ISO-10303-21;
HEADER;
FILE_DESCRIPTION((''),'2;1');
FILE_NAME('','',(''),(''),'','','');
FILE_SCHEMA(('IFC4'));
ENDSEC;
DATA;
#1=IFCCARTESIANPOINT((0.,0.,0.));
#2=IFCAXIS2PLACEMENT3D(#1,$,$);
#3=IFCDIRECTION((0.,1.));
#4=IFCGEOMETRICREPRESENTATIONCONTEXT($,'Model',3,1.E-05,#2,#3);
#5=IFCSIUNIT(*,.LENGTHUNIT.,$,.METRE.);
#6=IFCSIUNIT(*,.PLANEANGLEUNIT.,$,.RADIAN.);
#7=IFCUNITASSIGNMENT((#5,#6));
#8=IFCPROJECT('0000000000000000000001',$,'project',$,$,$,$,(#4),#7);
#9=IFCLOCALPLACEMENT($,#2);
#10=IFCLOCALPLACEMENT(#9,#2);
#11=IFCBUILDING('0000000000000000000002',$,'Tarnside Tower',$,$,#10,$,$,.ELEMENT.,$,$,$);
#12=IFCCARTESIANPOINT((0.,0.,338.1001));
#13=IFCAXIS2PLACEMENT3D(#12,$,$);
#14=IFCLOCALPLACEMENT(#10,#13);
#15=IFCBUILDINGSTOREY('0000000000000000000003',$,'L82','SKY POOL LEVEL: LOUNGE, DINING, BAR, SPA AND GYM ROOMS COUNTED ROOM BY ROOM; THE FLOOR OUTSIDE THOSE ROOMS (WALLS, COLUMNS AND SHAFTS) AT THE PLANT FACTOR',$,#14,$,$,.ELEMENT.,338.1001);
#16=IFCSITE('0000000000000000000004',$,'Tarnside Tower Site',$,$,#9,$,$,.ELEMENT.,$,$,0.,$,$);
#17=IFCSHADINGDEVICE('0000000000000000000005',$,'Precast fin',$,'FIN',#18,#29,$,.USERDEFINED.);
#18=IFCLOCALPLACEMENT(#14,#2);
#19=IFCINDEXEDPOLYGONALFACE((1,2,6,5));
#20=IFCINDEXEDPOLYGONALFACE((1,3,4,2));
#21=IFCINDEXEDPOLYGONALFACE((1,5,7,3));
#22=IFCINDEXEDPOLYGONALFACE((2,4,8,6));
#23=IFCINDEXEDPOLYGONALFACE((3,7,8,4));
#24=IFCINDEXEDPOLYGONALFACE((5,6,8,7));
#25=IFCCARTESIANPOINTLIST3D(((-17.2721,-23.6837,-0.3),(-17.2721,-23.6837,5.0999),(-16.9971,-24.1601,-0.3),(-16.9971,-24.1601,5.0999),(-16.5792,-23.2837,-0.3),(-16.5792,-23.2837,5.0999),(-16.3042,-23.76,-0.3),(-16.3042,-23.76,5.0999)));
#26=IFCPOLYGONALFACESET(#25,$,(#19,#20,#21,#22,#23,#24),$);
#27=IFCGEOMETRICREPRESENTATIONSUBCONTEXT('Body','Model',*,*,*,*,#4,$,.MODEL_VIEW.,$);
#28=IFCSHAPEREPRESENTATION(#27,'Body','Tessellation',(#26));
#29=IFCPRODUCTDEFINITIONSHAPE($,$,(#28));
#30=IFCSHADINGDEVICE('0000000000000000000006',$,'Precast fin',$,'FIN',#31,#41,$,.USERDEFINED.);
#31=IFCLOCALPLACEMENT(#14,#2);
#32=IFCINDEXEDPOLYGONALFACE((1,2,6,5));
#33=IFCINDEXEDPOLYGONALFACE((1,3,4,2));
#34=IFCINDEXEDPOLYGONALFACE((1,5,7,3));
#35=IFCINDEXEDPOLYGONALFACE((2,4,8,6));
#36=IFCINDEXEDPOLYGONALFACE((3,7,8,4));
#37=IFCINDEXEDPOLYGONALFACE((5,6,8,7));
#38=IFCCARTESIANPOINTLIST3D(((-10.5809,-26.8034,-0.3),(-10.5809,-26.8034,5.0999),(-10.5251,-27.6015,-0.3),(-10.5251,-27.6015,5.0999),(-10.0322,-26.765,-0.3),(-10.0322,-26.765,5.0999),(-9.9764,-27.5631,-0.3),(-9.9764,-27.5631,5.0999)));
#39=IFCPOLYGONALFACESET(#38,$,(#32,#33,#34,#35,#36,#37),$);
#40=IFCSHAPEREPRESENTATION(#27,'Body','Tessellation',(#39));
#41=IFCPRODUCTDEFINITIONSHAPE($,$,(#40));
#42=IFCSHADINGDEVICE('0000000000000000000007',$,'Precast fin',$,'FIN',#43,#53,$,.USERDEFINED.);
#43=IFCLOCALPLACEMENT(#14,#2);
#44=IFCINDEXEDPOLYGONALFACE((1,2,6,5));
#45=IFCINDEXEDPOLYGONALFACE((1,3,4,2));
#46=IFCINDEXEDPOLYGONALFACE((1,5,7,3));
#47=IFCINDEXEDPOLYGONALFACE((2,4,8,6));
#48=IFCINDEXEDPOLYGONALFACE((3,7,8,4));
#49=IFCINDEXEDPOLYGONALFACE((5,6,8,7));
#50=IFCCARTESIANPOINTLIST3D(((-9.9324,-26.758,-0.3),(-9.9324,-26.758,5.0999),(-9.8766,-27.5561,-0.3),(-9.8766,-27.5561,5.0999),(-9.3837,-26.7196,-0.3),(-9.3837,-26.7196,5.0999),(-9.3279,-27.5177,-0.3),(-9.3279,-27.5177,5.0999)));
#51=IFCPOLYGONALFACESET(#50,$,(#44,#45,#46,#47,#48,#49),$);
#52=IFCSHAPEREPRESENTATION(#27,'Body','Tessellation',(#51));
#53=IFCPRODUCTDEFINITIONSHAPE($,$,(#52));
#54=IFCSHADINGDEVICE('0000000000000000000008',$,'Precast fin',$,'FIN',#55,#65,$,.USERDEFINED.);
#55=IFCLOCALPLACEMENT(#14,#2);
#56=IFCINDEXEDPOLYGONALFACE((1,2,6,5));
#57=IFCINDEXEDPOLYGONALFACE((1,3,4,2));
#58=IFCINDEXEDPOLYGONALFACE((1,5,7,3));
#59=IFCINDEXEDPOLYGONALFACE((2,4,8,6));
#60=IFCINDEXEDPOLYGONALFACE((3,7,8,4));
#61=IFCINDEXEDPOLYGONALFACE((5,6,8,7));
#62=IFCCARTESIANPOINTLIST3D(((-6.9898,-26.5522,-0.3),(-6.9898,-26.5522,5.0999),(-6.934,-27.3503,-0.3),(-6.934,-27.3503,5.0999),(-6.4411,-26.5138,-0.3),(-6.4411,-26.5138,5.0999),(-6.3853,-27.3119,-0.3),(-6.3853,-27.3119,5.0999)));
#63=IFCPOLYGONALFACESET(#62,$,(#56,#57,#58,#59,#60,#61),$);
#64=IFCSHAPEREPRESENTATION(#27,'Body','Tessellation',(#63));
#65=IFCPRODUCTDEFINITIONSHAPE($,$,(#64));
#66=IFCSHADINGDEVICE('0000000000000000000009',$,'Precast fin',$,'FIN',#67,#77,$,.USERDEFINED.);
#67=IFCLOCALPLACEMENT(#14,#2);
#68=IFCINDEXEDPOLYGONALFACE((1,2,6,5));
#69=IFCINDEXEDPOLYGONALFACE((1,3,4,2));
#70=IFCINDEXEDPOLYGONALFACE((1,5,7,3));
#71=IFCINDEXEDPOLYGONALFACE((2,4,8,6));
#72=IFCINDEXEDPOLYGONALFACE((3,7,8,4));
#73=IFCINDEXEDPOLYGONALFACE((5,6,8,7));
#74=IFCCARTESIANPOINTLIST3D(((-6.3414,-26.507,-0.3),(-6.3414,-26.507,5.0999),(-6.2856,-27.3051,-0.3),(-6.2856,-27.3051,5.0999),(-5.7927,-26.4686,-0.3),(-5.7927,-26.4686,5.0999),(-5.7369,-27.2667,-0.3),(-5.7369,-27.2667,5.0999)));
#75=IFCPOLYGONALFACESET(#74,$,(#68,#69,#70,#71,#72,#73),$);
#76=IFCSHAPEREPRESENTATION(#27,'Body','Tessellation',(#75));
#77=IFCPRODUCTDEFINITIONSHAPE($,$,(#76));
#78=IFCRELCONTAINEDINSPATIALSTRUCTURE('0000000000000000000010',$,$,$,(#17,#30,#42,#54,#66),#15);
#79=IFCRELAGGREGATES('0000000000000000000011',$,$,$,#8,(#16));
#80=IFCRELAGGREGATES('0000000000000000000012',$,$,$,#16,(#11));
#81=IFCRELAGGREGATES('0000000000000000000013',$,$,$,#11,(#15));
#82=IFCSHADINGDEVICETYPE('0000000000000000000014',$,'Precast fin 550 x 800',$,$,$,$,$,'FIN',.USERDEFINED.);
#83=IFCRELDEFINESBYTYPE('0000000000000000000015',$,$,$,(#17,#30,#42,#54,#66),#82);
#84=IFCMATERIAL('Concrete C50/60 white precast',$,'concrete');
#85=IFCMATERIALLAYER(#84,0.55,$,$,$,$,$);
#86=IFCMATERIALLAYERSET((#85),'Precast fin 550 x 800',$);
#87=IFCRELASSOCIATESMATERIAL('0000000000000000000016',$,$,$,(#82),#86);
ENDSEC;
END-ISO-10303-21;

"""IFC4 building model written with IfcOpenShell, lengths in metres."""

from ifc_helpers import new_model, si_unit, direction, frame, origin, place, context, subcontext, project, spatial, polyline, outline, extrude, material, layer, layer_set, type_object, element, save


model = new_model("IFC4")

# Units and contexts
model_context = context("Model", 3, precision=1e-05, world=origin(), true_north=direction((0.0, 1.0)))
body_context = subcontext(model_context, "Body", "Model", "MODEL_VIEW")
ifc_project = project(units=[si_unit("LENGTHUNIT", "METRE"), si_unit("PLANEANGLEUNIT", "RADIAN")], contexts=[model_context])

# Site, building, storey
site_placement = place(None, origin())
site = spatial("IfcSite", under=ifc_project, at=site_placement, Name="Tarnside Tower Site", CompositionType="ELEMENT", RefElevation=0.0)
building_placement = place(site_placement, origin())
building = spatial("IfcBuilding", under=site, at=building_placement, Name="Tarnside Tower", CompositionType="ELEMENT")
storey_placement = place(building_placement, frame((0.0, 0.0, 338.1001)))
storey = spatial("IfcBuildingStorey", under=building, at=storey_placement, Name="L82", Description="SKY POOL LEVEL: LOUNGE, DINING, BAR, SPA AND GYM ROOMS COUNTED ROOM BY ROOM; THE FLOOR OUTSIDE THOSE ROOMS (WALLS, COLUMNS AND SHAFTS) AT THE PLANT FACTOR", CompositionType="ELEMENT", Elevation=338.1001)

# Shading devices
ifc_material_1 = material(Name="Concrete C50/60 white precast", Category="concrete")
ifc_layer_1 = layer(ifc_material_1, 0.55)
ifc_layer_set_1 = layer_set([ifc_layer_1], Name="Precast fin 550 x 800")
shading_device_type_1 = type_object("IfcShadingDeviceType", Name="Precast fin 550 x 800", ElementType="FIN", PredefinedType="USERDEFINED", material=ifc_layer_set_1)
for number, where, z_axis, x_axis, name in (
    (1, (-16.4417, -23.522, -0.3), (-0.5, 0.866025, 0.0), (-0.866025, -0.5, 0.0), "Precast fin"),
    (2, (-10.3064, -26.7842, -0.3), (-0.997564, -0.069756, 0.0), (0.069756, -0.997564, 0.0), "Precast fin"),
    (3, (-9.658, -26.7388, -0.3), (-0.997564, -0.069756, 0.0), (0.069756, -0.997564, 0.0), "Precast fin"),
    (4, (-6.7153, -26.533, -0.3), (-0.997564, -0.069756, 0.0), (0.069756, -0.997564, 0.0), "Precast fin"),
    (5, (-6.0669, -26.4878, -0.3), (-0.997564, -0.069756, 0.0), (0.069756, -0.997564, 0.0), "Precast fin"),
):
    element("IfcShadingDevice", number, at=place(storey_placement, frame(where, z_axis=z_axis, x_axis=x_axis)), inside=storey, type_object=shading_device_type_1, Name=name, ObjectType="FIN", PredefinedType="USERDEFINED", context=body_context, shape_type="SweptSolid", body=[
        extrude(outline(polyline([(0.0, 0.0), (0.8, 0.0), (0.8, 5.3999), (0.0, 5.3999), (0.0, 0.0)])), frame((0.0, 0.0, -0.2749)), (0.0, 0.0, 1.0), 0.55),
    ])

save(model, "model.ifc")
